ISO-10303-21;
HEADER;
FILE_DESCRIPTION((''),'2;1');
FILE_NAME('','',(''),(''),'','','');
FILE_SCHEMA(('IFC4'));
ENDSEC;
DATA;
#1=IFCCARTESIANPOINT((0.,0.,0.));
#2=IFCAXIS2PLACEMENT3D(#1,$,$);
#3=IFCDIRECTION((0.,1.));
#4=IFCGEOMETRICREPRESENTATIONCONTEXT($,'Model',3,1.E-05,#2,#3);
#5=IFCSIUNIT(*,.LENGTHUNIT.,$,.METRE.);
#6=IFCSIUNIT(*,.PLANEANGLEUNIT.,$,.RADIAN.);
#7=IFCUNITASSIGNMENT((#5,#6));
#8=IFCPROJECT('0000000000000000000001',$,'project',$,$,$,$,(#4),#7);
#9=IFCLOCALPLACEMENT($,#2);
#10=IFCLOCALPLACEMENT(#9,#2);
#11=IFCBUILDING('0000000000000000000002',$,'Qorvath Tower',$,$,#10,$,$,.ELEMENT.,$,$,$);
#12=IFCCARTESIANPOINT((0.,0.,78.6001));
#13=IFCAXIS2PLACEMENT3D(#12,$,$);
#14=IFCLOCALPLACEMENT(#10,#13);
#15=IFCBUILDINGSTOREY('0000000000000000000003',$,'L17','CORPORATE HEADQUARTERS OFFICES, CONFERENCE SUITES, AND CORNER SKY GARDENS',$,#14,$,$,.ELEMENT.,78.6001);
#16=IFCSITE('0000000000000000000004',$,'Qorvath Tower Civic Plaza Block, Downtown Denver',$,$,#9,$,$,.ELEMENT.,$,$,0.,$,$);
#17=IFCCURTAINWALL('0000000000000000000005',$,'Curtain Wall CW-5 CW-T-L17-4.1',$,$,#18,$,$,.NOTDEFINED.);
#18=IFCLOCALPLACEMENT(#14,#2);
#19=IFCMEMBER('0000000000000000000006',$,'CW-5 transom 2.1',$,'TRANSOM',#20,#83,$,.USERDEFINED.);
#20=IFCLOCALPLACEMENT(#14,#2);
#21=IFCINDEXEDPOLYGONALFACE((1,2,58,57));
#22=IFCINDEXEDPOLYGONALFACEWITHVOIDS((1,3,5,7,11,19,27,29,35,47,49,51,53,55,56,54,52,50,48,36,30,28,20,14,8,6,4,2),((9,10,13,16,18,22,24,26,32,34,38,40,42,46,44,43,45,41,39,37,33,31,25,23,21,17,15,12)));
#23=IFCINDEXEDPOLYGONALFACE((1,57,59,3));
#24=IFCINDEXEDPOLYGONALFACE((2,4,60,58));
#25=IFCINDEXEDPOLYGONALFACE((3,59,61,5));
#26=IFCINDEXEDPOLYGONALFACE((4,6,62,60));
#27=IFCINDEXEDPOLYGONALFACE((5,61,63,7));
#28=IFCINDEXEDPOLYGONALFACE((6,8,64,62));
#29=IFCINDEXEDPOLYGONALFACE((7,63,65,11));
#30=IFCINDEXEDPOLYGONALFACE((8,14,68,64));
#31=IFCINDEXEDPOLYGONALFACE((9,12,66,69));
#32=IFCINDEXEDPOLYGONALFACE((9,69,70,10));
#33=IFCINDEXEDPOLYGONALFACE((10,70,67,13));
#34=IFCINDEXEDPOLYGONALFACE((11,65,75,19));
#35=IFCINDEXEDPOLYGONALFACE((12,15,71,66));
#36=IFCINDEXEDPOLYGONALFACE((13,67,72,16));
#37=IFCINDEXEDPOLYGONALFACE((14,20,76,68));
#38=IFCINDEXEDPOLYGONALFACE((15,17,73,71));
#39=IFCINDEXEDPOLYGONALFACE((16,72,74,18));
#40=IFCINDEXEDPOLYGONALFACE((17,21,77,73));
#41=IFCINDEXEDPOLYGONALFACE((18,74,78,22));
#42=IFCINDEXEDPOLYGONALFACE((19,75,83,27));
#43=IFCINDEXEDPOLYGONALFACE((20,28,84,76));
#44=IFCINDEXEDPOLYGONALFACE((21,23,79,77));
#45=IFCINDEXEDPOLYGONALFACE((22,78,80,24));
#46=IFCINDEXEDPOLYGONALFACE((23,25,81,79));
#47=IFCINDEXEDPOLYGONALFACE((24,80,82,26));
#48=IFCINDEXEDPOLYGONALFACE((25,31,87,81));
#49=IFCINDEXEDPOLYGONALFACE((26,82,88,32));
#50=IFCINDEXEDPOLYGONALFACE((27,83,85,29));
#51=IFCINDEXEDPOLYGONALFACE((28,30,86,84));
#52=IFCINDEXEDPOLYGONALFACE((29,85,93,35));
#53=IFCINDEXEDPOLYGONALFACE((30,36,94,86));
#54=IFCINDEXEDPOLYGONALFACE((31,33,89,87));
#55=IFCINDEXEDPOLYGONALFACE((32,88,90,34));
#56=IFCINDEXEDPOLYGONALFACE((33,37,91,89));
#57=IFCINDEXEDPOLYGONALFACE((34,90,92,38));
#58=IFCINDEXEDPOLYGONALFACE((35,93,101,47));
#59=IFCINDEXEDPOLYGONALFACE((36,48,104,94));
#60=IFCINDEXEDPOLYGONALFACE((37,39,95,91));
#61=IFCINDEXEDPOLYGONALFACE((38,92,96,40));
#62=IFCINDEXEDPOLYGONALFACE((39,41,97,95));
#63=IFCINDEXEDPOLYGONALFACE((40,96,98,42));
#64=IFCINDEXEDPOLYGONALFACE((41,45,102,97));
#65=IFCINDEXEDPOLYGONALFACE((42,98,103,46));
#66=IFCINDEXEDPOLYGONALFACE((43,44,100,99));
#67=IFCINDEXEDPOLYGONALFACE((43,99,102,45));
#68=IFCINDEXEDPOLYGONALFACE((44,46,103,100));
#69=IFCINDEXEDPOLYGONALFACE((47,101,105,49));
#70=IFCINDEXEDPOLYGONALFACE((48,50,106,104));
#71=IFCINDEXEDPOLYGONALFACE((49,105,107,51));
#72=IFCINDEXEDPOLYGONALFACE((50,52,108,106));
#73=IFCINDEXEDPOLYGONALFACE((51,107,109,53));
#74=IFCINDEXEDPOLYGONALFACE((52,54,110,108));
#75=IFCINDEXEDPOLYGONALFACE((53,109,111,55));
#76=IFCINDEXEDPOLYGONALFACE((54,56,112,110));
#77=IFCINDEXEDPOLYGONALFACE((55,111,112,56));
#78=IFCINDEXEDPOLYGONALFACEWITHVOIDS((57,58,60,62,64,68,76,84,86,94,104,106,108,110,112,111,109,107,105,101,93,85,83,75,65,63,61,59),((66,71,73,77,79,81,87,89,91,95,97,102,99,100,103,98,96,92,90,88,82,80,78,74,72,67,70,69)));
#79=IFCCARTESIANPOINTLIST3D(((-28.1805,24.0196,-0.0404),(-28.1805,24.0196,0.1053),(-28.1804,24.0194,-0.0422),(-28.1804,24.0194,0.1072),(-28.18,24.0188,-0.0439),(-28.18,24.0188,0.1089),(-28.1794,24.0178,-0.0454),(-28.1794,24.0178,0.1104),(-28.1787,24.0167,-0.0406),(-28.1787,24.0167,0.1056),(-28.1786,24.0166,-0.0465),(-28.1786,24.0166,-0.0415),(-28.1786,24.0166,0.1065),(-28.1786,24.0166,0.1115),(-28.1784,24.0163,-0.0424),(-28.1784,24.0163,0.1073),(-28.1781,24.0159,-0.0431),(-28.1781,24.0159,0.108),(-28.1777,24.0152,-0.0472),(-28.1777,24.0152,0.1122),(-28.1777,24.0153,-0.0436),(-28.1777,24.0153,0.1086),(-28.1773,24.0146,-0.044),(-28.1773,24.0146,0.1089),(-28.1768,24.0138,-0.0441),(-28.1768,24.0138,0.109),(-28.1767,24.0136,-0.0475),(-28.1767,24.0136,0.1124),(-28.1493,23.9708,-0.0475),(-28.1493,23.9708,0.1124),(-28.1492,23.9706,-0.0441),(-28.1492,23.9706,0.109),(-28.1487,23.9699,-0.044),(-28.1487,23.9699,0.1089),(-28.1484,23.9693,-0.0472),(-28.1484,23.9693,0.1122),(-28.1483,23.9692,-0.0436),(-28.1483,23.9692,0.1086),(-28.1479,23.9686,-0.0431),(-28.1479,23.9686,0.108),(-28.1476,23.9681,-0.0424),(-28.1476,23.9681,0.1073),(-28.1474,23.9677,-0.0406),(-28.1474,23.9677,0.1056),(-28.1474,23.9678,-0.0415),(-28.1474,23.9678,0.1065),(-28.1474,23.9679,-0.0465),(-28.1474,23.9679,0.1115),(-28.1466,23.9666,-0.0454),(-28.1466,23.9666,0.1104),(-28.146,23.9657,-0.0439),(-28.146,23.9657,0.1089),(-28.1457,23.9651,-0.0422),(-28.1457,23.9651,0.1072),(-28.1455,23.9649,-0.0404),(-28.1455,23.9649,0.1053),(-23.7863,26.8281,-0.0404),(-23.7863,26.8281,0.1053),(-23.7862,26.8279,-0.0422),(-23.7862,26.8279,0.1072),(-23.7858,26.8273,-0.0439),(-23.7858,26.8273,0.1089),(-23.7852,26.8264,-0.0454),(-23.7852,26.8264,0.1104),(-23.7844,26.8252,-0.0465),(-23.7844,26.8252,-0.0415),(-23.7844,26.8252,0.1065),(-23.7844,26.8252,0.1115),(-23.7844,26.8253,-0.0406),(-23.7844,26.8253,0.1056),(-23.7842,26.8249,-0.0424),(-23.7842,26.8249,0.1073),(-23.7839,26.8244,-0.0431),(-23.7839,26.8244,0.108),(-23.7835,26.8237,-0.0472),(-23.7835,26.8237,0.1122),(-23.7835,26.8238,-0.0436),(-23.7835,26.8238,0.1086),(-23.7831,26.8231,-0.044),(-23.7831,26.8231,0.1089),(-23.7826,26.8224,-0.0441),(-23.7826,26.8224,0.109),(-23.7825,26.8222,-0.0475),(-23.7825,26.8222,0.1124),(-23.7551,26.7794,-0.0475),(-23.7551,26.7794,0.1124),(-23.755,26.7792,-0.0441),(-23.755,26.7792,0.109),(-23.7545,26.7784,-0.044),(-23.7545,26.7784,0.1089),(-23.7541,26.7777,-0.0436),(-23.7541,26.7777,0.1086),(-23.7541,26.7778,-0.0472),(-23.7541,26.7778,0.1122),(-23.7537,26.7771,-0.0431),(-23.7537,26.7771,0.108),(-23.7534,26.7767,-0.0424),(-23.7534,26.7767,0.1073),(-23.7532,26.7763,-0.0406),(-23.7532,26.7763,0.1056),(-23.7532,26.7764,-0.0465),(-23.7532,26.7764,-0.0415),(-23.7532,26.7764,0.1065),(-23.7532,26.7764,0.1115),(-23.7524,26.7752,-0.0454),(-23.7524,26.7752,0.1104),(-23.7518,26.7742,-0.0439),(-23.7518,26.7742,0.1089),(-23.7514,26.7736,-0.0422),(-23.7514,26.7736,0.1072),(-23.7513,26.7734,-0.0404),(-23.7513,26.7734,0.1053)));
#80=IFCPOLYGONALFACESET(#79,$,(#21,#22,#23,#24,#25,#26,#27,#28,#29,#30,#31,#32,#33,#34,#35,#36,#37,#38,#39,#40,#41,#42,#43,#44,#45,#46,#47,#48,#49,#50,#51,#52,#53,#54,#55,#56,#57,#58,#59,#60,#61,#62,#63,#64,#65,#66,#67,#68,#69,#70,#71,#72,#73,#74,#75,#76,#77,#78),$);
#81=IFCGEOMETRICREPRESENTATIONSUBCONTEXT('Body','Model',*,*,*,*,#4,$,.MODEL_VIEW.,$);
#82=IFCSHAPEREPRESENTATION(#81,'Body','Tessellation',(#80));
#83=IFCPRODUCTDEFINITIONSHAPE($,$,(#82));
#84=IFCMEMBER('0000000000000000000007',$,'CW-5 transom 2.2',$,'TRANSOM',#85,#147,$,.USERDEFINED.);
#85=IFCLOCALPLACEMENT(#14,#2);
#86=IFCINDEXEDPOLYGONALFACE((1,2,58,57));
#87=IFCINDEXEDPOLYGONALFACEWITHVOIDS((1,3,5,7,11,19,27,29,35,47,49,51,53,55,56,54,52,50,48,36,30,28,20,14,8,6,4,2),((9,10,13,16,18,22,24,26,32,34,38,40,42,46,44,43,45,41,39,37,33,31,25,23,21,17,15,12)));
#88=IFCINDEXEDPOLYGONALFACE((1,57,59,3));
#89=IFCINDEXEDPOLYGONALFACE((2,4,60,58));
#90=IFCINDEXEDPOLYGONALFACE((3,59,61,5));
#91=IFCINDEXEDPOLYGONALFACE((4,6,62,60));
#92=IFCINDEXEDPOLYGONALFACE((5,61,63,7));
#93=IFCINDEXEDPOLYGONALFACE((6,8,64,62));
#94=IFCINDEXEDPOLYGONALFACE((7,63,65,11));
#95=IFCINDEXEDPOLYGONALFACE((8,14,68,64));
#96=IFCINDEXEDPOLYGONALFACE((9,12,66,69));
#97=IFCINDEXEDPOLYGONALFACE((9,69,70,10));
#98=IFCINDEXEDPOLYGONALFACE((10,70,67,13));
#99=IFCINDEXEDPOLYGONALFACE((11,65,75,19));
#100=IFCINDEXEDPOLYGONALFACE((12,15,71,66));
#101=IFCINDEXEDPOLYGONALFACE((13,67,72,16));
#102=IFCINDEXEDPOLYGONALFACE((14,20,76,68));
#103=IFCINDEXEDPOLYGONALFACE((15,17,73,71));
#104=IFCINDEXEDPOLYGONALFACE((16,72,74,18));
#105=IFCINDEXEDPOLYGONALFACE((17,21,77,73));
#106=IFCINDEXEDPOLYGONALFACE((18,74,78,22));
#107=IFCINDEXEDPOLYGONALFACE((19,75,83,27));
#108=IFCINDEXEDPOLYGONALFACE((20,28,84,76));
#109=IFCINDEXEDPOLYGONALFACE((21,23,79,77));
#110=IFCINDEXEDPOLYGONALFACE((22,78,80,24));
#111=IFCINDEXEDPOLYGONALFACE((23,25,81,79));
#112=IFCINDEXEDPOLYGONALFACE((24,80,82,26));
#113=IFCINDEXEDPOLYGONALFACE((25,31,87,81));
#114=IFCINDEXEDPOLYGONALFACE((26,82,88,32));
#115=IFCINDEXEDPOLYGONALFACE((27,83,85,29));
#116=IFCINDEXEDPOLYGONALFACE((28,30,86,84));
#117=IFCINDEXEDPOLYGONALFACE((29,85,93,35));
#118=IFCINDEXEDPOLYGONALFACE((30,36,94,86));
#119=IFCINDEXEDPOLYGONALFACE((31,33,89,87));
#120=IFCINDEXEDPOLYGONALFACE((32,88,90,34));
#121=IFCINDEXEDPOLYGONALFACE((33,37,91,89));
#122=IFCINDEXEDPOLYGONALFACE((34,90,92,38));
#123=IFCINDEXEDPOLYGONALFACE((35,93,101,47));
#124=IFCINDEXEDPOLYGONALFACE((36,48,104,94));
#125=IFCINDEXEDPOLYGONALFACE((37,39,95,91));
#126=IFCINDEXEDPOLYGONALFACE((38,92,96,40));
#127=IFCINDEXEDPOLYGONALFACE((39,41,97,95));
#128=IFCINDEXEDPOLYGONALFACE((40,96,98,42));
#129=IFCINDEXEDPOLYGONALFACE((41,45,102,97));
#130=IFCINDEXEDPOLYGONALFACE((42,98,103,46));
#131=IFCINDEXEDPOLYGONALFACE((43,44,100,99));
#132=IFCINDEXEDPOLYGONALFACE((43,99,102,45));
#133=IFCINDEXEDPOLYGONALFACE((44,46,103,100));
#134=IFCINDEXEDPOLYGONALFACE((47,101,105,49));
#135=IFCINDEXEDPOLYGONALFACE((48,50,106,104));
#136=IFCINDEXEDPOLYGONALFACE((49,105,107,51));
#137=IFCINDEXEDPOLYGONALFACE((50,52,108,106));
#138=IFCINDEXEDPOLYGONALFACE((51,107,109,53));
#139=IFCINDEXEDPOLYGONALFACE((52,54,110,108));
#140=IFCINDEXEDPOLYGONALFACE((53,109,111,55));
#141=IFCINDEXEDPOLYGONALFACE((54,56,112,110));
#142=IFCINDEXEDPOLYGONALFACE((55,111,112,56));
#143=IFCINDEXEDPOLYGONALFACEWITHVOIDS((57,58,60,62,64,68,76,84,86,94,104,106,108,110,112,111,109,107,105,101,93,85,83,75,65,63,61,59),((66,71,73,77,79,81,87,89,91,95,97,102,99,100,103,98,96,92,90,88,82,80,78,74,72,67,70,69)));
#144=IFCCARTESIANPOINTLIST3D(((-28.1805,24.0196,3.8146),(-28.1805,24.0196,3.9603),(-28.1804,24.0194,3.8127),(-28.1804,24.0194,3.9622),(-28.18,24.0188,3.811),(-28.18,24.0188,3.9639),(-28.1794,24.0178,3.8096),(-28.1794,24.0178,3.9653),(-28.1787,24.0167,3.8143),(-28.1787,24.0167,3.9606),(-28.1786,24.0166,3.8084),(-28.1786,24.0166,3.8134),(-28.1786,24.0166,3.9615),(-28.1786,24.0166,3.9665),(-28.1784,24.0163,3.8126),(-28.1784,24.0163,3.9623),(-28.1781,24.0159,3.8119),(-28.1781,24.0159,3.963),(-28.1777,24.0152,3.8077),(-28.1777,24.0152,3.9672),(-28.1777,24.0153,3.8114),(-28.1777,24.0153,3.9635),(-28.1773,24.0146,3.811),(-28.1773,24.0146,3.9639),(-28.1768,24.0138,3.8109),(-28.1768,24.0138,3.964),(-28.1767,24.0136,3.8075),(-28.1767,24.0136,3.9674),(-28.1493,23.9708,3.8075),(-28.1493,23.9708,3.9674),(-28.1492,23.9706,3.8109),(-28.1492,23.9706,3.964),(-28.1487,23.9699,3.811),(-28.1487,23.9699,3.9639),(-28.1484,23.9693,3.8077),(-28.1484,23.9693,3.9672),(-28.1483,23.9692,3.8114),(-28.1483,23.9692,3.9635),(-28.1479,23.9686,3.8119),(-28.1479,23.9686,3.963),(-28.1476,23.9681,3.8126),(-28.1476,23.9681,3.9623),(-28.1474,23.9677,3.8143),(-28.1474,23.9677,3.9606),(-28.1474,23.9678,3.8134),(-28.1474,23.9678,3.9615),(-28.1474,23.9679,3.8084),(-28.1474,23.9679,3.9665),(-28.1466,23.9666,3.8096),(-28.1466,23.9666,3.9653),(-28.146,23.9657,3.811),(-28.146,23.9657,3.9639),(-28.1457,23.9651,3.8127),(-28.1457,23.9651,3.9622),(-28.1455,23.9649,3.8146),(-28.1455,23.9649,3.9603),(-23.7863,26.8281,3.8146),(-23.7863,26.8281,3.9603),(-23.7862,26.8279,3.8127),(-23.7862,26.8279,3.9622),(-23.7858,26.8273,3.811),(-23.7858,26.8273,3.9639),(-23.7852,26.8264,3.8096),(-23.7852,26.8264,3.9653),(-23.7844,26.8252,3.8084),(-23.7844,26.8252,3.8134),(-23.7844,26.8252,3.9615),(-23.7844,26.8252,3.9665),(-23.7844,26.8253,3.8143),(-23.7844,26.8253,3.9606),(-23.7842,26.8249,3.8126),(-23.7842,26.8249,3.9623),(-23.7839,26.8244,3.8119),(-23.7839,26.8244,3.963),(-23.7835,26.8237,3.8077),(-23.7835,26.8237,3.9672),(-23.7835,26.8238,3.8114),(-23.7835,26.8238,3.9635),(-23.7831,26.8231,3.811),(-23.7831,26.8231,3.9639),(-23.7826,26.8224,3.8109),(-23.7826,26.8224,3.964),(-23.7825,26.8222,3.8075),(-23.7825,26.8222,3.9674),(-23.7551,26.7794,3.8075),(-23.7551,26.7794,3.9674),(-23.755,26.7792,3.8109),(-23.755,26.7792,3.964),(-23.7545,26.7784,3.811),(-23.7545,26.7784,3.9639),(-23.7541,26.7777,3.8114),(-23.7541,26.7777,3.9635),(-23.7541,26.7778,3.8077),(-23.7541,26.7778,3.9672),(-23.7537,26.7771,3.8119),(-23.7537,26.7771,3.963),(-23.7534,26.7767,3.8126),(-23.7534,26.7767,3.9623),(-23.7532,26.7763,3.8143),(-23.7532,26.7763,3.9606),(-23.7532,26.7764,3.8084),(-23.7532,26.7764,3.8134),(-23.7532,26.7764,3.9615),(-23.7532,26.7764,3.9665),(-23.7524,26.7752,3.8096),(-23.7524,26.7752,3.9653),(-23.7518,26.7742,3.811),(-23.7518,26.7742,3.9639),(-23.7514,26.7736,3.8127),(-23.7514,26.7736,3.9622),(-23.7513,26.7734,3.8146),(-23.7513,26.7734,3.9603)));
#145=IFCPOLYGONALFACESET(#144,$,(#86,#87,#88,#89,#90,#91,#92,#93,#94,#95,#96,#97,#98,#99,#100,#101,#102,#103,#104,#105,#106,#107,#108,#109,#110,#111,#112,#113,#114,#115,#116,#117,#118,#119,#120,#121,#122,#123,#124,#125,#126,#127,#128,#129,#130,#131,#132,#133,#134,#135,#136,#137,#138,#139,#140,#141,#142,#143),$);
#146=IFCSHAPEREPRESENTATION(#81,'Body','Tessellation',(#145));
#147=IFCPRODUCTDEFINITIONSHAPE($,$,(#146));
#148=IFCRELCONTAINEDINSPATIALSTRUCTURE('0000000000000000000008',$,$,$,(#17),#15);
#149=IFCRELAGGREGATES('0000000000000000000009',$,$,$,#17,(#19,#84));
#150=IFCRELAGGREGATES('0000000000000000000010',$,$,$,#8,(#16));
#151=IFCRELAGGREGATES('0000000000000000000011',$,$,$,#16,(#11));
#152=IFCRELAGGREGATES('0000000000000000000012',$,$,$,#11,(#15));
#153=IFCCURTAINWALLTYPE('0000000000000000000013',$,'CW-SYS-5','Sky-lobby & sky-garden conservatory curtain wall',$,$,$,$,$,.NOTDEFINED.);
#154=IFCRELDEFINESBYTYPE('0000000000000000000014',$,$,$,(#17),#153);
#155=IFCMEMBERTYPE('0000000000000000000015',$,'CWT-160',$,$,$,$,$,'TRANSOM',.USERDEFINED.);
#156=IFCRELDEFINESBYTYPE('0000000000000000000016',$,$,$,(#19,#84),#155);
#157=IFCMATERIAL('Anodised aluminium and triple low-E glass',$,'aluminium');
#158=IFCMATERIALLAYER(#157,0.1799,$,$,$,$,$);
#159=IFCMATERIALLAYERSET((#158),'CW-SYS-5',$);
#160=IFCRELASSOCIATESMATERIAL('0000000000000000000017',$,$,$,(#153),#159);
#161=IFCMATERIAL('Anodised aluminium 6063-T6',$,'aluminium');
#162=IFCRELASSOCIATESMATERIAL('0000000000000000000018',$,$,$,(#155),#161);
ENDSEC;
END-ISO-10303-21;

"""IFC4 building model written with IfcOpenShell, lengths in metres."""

from ifc_helpers import new_model, si_unit, direction, frame, origin, origin_2d, place, context, subcontext, project, spatial, hollow_rectangle, extrude, material, layer, layer_set, material_profile, profile_set, type_object, element, aggregate, save


model = new_model("IFC4")

# Units and contexts
model_context = context("Model", 3, precision=1e-05, world=origin(), true_north=direction((0.0, 1.0)))
body_context = subcontext(model_context, "Body", "Model", "MODEL_VIEW")
ifc_project = project(units=[si_unit("LENGTHUNIT", "METRE"), si_unit("PLANEANGLEUNIT", "RADIAN")], contexts=[model_context])

# Site, building, storey
site_placement = place(None, origin())
site = spatial("IfcSite", under=ifc_project, at=site_placement, Name="Qorvath Tower Civic Plaza Block, Downtown Denver", CompositionType="ELEMENT", RefElevation=0.0)
building_placement = place(site_placement, origin())
building = spatial("IfcBuilding", under=site, at=building_placement, Name="Qorvath Tower", CompositionType="ELEMENT")
storey_placement = place(building_placement, frame((0.0, 0.0, 78.6001)))
storey = spatial("IfcBuildingStorey", under=building, at=storey_placement, Name="L17", Description="CORPORATE HEADQUARTERS OFFICES, CONFERENCE SUITES, AND CORNER SKY GARDENS", CompositionType="ELEMENT", Elevation=78.6001)

# Curtain wall, members
ifc_material_1 = material(Name="Anodised aluminium and triple low-E glass", Category="aluminium")
ifc_layer_1 = layer(ifc_material_1, 0.1799)
ifc_layer_set_1 = layer_set([ifc_layer_1], Name="CW-SYS-5")
curtain_wall_type = type_object("IfcCurtainWallType", Name="CW-SYS-5", Description="Sky-lobby & sky-garden conservatory curtain wall", PredefinedType="NOTDEFINED", material=ifc_layer_set_1)
curtain_wall_placement = place(storey_placement, origin())
curtain_wall = element("IfcCurtainWall", 1, at=curtain_wall_placement, inside=storey, type_object=curtain_wall_type, Name="Curtain Wall CW-5 CW-T-L17-4.1", PredefinedType="NOTDEFINED")
ifc_material_2 = material(Name="Anodised aluminium 6063-T6", Category="aluminium")
ifc_material_profile_1 = material_profile(ifc_material_2, hollow_rectangle(XDim=0.0649, YDim=0.1599, WallThickness=0.0034, InnerFilletRadius=0.0034, OuterFilletRadius=0.0071, at=origin_2d()), Name="CWT 160x65")
ifc_profile_set_1 = profile_set([ifc_material_profile_1], Name="Anodised aluminium 6063-T6")
member_type_1 = type_object("IfcMemberType", Name="CWT-160", ElementType="TRANSOM", PredefinedType="USERDEFINED", material=ifc_profile_set_1)
member_1_placement = place(storey_placement, frame((-23.7688, 26.8008, 0.0325), z_axis=(-0.842598, -0.538543, 0.0), x_axis=(0.538543, -0.842598, 0.0)))
member_1 = element("IfcMember", 2, at=member_1_placement, type_object=member_type_1, Name="CW-5 transom 2.1", ObjectType="TRANSOM", PredefinedType="USERDEFINED", context=body_context, shape_type="SweptSolid", body=[
    extrude(hollow_rectangle(XDim=0.0649, YDim=0.1599, WallThickness=0.0034, InnerFilletRadius=0.0034, OuterFilletRadius=0.0071, at=origin_2d()), origin(), (0.0, 0.0, 1.0), 5.2151),
])
member_2_placement = place(storey_placement, frame((-23.7688, 26.8008, 3.8875), z_axis=(-0.842598, -0.538543, 0.0), x_axis=(0.538543, -0.842598, 0.0)))
member_2 = element("IfcMember", 3, at=member_2_placement, type_object=member_type_1, Name="CW-5 transom 2.2", ObjectType="TRANSOM", PredefinedType="USERDEFINED", context=body_context, shape_type="SweptSolid", body=[
    extrude(hollow_rectangle(XDim=0.0649, YDim=0.1599, WallThickness=0.0034, InnerFilletRadius=0.0034, OuterFilletRadius=0.0071, at=origin_2d()), origin(), (0.0, 0.0, 1.0), 5.2151),
])
aggregate(curtain_wall, [member_1, member_2])

save(model, "model.ifc")
